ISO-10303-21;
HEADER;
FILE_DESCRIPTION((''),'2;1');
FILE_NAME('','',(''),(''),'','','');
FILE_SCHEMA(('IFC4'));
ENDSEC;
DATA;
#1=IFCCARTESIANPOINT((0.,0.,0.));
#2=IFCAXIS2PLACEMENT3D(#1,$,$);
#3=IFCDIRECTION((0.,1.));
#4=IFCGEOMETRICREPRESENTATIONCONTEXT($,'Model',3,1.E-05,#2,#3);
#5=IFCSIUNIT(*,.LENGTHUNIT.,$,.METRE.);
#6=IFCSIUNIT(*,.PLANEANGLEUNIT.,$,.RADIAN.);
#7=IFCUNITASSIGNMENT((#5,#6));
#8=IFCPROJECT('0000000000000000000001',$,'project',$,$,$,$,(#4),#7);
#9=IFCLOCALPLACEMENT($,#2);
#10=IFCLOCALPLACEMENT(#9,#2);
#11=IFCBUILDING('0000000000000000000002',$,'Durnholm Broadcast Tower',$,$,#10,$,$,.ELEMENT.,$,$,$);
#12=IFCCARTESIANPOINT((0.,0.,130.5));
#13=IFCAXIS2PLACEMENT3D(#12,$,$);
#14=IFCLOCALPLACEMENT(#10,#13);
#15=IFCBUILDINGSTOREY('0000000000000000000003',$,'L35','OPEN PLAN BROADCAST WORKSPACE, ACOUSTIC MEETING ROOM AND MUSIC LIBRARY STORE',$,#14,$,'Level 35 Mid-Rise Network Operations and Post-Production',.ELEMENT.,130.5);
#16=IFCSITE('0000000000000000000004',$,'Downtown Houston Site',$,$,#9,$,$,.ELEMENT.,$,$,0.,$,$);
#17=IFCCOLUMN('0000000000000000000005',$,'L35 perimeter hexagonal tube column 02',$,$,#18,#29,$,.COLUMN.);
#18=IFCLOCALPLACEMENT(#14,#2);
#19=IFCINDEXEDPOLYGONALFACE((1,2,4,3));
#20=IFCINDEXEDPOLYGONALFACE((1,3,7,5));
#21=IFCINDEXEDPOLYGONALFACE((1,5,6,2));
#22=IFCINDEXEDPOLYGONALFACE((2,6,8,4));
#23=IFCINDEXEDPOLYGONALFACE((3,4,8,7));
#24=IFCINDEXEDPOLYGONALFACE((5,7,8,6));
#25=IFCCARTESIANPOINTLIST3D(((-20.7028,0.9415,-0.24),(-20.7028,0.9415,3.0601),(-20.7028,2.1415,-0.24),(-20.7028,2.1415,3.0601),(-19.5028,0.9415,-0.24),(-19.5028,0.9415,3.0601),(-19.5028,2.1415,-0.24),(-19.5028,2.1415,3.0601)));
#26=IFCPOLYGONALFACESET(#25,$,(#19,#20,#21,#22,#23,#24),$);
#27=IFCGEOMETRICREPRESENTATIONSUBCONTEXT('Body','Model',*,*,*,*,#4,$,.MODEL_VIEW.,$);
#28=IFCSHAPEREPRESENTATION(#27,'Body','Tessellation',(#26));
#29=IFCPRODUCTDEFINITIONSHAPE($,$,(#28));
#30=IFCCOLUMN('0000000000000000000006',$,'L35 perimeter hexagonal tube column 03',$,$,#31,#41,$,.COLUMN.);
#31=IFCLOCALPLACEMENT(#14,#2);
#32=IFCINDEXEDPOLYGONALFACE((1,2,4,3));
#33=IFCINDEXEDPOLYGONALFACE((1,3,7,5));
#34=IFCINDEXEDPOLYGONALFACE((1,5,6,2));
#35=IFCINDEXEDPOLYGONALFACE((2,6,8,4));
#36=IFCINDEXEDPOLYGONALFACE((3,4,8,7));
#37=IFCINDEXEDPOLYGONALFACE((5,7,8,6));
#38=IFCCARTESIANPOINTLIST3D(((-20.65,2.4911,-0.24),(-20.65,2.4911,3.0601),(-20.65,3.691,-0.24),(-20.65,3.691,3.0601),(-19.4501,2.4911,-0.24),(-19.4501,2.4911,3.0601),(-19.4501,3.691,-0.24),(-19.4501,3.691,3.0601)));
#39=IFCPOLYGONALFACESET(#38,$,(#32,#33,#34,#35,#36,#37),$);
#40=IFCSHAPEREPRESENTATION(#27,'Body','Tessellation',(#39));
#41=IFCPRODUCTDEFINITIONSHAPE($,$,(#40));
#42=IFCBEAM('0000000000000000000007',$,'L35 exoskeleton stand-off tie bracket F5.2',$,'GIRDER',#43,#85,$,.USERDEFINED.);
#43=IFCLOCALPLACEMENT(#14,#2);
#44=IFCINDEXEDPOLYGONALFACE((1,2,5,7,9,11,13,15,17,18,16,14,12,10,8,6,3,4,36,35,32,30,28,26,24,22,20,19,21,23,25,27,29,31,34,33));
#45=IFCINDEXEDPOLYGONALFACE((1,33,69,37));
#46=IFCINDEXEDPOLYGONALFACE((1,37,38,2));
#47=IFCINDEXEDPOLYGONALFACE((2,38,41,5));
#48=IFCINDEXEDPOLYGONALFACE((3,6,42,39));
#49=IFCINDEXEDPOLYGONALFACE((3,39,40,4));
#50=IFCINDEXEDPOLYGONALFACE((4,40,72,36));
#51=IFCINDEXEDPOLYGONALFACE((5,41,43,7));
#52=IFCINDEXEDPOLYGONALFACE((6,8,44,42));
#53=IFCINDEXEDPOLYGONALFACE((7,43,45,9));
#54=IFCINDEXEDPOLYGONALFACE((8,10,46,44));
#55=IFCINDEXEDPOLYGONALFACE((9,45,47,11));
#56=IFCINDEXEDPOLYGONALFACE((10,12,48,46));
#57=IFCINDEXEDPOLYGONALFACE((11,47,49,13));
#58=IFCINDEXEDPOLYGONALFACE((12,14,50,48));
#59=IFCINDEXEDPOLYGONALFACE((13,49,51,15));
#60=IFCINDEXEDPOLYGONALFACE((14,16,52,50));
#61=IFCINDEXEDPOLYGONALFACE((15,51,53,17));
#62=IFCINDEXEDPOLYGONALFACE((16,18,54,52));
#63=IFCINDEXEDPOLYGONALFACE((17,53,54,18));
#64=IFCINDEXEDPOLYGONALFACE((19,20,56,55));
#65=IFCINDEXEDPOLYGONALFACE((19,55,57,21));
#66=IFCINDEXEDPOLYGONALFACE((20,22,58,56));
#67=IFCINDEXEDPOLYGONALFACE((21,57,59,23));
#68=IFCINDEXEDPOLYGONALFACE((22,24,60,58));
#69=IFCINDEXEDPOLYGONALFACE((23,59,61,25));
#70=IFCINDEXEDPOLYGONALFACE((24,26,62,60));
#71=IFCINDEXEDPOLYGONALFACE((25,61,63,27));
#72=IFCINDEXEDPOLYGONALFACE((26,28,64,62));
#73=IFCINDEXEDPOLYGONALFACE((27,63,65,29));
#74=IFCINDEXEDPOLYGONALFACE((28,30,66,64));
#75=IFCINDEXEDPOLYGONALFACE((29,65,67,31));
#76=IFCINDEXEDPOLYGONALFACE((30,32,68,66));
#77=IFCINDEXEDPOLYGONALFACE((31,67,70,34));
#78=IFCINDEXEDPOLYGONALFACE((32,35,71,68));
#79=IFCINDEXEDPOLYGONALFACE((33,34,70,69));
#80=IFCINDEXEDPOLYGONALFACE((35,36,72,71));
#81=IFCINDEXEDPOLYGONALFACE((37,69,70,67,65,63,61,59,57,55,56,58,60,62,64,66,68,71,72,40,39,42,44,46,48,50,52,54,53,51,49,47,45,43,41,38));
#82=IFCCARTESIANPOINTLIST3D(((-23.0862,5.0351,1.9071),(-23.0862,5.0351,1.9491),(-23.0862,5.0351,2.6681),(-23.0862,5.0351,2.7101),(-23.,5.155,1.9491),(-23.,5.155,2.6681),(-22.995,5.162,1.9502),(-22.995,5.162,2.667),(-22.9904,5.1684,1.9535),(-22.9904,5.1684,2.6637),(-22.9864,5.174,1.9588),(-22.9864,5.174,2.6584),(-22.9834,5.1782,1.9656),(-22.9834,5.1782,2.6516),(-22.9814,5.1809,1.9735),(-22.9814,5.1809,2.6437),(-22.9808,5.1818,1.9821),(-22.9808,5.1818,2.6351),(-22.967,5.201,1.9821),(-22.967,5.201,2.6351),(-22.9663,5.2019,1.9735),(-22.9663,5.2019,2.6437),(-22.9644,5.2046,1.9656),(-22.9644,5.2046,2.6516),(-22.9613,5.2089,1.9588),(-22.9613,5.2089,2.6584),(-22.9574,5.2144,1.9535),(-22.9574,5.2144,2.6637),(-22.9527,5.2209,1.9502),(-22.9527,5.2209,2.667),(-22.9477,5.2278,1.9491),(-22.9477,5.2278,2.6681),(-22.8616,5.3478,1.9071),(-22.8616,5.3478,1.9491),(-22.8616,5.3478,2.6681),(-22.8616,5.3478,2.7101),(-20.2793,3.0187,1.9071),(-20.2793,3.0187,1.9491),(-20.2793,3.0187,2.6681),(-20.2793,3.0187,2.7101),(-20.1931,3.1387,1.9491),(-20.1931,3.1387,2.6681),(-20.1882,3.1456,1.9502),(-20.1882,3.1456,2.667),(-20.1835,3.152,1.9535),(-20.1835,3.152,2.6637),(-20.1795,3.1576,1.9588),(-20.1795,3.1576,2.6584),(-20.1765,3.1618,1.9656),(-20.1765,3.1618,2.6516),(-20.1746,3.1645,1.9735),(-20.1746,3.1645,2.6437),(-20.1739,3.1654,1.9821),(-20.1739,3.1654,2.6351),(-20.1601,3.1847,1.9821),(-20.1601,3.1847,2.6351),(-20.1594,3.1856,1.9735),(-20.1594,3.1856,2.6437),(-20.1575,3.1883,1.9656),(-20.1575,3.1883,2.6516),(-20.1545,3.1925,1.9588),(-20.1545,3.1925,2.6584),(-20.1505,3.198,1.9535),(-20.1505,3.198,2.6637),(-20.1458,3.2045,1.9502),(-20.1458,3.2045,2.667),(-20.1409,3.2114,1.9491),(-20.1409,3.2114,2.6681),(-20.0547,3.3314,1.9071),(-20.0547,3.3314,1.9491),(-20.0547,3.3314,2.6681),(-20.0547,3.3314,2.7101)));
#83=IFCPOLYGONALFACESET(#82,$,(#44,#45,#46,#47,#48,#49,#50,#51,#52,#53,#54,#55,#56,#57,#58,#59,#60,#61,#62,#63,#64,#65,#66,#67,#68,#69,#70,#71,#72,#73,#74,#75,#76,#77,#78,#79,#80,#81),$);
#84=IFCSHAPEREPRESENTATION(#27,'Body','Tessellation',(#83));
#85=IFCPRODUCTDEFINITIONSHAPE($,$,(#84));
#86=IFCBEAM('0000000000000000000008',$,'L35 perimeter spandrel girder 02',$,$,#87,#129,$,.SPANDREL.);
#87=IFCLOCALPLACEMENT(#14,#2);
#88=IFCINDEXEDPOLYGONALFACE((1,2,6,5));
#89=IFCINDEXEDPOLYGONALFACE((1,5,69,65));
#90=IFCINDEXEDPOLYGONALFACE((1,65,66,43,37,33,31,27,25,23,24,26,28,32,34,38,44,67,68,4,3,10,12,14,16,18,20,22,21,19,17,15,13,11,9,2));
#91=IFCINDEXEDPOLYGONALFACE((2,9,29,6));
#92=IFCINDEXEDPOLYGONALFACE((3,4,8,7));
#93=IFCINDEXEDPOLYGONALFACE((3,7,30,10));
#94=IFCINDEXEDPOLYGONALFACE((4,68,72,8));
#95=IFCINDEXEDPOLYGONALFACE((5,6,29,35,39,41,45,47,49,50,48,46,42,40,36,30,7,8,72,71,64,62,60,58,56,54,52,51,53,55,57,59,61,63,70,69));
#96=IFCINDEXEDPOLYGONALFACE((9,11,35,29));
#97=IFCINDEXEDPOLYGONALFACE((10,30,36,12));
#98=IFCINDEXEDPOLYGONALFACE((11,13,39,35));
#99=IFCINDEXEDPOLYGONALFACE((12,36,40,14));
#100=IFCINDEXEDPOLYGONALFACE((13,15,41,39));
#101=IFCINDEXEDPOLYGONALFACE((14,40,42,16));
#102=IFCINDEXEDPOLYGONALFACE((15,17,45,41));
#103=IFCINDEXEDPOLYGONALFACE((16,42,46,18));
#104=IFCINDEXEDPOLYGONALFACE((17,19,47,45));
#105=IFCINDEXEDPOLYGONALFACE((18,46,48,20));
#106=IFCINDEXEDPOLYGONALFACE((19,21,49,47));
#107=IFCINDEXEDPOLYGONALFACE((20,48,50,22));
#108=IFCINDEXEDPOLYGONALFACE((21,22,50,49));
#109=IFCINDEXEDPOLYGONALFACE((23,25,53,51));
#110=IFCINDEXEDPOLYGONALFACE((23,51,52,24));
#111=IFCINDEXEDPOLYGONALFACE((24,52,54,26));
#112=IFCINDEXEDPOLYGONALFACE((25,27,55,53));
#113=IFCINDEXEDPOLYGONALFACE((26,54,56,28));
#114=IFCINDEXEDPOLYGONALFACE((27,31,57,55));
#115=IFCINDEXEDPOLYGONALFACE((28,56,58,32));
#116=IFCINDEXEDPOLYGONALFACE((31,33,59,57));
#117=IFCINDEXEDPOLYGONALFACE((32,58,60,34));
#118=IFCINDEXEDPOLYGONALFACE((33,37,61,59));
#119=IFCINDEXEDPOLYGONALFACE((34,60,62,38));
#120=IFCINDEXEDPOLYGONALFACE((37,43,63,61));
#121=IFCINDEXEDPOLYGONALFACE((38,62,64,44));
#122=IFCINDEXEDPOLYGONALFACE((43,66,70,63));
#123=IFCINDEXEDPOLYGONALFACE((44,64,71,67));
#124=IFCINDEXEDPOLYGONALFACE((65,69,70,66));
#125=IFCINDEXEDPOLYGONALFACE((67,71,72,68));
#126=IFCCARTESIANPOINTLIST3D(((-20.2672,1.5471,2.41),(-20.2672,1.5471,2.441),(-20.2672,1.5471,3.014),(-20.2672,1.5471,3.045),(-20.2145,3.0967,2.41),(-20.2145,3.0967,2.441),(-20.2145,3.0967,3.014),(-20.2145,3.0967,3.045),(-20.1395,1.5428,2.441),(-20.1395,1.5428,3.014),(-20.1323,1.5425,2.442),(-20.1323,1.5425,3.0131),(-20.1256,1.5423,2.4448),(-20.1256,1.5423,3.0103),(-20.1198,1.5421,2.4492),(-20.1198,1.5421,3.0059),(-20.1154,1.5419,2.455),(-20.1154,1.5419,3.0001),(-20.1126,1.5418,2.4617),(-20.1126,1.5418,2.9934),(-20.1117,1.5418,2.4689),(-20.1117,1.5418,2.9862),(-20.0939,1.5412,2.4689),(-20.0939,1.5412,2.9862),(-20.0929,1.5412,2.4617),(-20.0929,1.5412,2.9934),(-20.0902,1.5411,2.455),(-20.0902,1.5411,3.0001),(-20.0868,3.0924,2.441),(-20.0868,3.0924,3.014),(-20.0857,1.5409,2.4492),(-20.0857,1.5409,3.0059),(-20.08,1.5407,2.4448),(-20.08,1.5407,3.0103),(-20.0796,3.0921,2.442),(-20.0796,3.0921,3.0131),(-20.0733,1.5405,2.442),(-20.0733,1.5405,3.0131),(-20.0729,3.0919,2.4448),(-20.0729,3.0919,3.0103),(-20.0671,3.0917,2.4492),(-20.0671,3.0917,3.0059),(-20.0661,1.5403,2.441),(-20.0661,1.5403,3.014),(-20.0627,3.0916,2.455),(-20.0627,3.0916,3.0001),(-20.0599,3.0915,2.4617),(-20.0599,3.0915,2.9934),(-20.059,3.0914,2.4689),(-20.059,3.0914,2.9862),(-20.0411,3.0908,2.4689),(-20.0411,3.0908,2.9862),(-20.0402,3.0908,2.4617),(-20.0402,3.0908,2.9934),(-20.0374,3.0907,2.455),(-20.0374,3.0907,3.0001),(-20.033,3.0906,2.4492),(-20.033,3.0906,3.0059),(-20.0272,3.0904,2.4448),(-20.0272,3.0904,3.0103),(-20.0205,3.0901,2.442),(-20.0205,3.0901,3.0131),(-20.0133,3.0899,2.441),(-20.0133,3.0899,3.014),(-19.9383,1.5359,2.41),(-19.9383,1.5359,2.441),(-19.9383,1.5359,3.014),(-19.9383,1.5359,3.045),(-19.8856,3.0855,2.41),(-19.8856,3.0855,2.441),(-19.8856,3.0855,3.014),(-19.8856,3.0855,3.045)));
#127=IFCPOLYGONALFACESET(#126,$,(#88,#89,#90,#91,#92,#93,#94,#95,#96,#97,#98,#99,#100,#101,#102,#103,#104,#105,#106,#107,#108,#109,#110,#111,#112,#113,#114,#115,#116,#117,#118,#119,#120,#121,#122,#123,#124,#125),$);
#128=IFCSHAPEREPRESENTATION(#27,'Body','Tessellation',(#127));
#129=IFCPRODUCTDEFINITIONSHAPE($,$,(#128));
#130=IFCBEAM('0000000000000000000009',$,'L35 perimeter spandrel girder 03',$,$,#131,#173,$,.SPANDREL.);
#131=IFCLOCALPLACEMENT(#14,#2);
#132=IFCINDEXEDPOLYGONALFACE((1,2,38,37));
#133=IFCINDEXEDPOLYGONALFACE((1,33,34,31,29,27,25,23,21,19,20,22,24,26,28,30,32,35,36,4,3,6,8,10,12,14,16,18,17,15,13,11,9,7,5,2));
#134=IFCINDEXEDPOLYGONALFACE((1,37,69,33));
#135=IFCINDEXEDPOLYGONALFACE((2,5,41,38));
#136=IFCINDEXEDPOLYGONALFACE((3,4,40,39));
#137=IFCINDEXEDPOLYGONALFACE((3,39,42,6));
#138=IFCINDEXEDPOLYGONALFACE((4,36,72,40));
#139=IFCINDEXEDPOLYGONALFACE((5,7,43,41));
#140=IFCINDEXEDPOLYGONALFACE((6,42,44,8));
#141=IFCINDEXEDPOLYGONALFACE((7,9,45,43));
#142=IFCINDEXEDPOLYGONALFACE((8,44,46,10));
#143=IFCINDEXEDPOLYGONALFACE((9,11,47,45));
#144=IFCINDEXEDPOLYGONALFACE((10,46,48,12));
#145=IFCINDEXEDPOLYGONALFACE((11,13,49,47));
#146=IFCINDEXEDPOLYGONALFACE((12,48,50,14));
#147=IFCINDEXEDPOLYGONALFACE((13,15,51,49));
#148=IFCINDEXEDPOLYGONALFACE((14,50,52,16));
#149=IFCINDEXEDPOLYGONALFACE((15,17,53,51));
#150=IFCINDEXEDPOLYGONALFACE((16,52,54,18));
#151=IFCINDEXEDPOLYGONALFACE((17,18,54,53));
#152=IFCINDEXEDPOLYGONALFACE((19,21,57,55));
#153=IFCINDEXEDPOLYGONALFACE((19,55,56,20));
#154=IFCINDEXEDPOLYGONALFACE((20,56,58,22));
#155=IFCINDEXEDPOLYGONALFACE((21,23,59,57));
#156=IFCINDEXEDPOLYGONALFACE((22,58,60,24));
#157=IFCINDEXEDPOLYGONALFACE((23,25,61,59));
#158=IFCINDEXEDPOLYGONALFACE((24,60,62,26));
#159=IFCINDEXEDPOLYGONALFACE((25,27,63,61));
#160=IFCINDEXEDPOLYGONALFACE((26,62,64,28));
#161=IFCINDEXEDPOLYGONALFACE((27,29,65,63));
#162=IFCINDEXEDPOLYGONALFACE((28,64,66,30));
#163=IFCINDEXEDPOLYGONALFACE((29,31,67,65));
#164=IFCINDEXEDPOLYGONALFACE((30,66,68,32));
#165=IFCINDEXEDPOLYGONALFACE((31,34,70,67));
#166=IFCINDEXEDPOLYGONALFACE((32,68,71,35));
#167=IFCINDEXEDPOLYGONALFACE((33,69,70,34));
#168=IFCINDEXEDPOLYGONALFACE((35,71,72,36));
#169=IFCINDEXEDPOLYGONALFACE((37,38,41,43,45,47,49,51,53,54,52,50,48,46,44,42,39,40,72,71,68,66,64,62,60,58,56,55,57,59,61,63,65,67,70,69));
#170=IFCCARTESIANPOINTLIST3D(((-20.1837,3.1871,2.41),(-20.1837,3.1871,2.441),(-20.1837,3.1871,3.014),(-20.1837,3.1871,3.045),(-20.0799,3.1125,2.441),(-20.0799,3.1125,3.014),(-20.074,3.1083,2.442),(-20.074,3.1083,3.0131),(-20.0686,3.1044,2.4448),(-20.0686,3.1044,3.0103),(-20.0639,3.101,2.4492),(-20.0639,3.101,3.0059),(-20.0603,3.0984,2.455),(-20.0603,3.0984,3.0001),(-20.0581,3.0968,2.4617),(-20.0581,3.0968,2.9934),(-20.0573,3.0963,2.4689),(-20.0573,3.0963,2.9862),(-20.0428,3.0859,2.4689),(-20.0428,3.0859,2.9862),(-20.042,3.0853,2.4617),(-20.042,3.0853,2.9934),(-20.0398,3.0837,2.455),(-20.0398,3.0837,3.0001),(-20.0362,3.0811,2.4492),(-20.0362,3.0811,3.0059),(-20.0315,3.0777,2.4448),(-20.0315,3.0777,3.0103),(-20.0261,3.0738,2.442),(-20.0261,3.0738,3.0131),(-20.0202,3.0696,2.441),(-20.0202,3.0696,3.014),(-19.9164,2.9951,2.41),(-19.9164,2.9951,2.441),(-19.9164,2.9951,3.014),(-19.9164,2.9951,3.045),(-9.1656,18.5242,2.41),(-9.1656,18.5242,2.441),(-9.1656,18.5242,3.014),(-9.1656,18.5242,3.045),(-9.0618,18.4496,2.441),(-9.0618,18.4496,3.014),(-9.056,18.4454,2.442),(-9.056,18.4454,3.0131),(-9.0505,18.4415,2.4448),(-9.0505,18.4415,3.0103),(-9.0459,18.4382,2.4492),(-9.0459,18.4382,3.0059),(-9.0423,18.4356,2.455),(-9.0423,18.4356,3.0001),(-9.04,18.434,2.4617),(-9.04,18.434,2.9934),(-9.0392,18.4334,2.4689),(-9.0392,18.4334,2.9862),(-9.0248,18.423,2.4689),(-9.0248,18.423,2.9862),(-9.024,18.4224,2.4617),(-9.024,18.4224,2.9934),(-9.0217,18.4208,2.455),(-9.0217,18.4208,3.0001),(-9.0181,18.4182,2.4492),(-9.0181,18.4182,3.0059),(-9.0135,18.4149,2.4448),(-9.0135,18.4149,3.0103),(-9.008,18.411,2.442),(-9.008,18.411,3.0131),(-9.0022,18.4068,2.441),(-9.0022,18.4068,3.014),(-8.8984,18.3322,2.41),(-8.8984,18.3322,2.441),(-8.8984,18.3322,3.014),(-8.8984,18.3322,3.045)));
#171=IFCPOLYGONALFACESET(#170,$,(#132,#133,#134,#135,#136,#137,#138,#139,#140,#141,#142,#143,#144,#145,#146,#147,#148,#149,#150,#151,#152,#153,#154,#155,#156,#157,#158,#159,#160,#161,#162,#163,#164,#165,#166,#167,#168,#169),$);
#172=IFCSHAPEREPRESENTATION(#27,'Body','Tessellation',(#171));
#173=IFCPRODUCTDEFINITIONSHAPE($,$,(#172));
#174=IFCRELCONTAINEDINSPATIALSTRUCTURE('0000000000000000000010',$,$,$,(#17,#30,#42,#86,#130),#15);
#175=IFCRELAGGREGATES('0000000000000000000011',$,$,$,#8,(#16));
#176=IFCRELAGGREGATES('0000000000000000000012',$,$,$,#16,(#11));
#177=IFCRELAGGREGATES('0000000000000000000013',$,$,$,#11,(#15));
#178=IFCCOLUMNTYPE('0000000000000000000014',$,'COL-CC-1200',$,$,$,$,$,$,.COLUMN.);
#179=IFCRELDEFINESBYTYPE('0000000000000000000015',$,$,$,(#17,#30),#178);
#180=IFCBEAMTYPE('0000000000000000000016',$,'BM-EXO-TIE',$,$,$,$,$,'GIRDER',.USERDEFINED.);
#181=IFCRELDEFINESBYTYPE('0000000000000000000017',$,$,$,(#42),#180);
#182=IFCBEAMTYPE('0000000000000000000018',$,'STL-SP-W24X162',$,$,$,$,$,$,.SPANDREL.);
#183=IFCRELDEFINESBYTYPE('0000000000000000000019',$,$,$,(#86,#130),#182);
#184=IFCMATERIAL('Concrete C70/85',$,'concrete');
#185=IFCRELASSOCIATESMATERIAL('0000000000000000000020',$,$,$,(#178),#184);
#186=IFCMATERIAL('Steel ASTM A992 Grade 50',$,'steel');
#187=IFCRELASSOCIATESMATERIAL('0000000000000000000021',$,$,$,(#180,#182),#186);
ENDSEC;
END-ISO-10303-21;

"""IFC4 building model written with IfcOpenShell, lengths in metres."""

from ifc_helpers import new_model, si_unit, direction, frame, origin, origin_2d, place, context, subcontext, project, spatial, rectangle, i_section, extrude, source, transform, mapped, material, material_profile, profile_set, type_object, type_shapes, element, save


model = new_model("IFC4")

# Units and contexts
model_context = context("Model", 3, precision=1e-05, world=origin(), true_north=direction((0.0, 1.0)))
body_context = subcontext(model_context, "Body", "Model", "MODEL_VIEW")
ifc_project = project(units=[si_unit("LENGTHUNIT", "METRE"), si_unit("PLANEANGLEUNIT", "RADIAN")], contexts=[model_context])

# Site, building, storey
site_placement = place(None, origin())
site = spatial("IfcSite", under=ifc_project, at=site_placement, Name="Downtown Houston Site", CompositionType="ELEMENT", RefElevation=0.0)
building_placement = place(site_placement, origin())
building = spatial("IfcBuilding", under=site, at=building_placement, Name="Durnholm Broadcast Tower", CompositionType="ELEMENT")
storey_placement = place(building_placement, frame((0.0, 0.0, 130.5)))
storey = spatial("IfcBuildingStorey", under=building, at=storey_placement, Name="L35", Description="OPEN PLAN BROADCAST WORKSPACE, ACOUSTIC MEETING ROOM AND MUSIC LIBRARY STORE", LongName="Level 35 Mid-Rise Network Operations and Post-Production", CompositionType="ELEMENT", Elevation=130.5)

# Columns
ifc_material_1 = material(Name="Concrete C70/85", Category="concrete")
ifc_material_profile_1 = material_profile(ifc_material_1, rectangle(XDim=1.2, YDim=1.2, at=origin_2d()), Name="RC1200X1200")
ifc_profile_set_1 = profile_set([ifc_material_profile_1], Name="Concrete C70/85")
column_type = type_object("IfcColumnType", Name="COL-CC-1200", PredefinedType="COLUMN", material=ifc_profile_set_1)
shared_shape_1 = source(origin(), body_context, "Body", "SweptSolid", [
    extrude(rectangle(XDim=1.2, YDim=1.2, at=origin_2d()), origin(), (0.0, 0.0, 1.0), 3.3),
])
type_shapes(column_type, [shared_shape_1])
for number, where, z_axis, x_axis, name in (
    (1, (-20.1028, 1.5415, -0.24), (0.0, 0.0, 1.0), (1.0, 0.0, 0.0), "L35 perimeter hexagonal tube column 02"),
    (2, (-20.05, 3.0911, -0.24), (0.0, 0.0, 1.0), (1.0, 0.0, 0.0), "L35 perimeter hexagonal tube column 03"),
):
    element("IfcColumn", number, at=place(storey_placement, frame(where, z_axis=z_axis, x_axis=x_axis)), inside=storey, type_object=column_type, Name=name, PredefinedType="COLUMN", context=body_context, shape_type="MappedRepresentation", body=[
        mapped(shared_shape_1, transform((0.0, 0.0, 0.0), x_axis=(1.0, 0.0, 0.0), y_axis=(0.0, 1.0, 0.0), z_axis=(0.0, 0.0, 1.0), scale=1.0)),
    ])

# Beams
ifc_material_2 = material(Name="Steel ASTM A992 Grade 50", Category="steel")
ifc_material_profile_2 = material_profile(ifc_material_2, i_section(OverallWidth=0.385, OverallDepth=0.803, WebThickness=0.0237, FlangeThickness=0.042, FilletRadius=0.033, at=origin_2d()), Name="W30X261")
ifc_profile_set_2 = profile_set([ifc_material_profile_2], Name="Steel ASTM A992 Grade 50")
beam_type_1 = type_object("IfcBeamType", Name="BM-EXO-TIE", ElementType="GIRDER", PredefinedType="USERDEFINED", material=ifc_profile_set_2)
shared_shape_2 = source(origin(), body_context, "Body", "SweptSolid", [
    extrude(i_section(OverallWidth=0.385, OverallDepth=0.803, WebThickness=0.0237, FlangeThickness=0.042, FilletRadius=0.033, at=origin_2d()), origin(), (0.0, 0.0, 1.0), 3.4561),
])
type_shapes(beam_type_1, [shared_shape_2])
beam_1_placement = place(storey_placement, frame((-20.167, 3.175, 2.3086), z_axis=(-0.812165, 0.583428, 0.0), x_axis=(-0.583428, -0.812165, 0.0)))
element("IfcBeam", 3, at=beam_1_placement, inside=storey, type_object=beam_type_1, Name="L35 exoskeleton stand-off tie bracket F5.2", ObjectType="GIRDER", PredefinedType="USERDEFINED", context=body_context, shape_type="MappedRepresentation", body=[
    mapped(shared_shape_2, transform((0.0, 0.0, 0.0), x_axis=(1.0, 0.0, 0.0), y_axis=(0.0, 1.0, 0.0), z_axis=(0.0, 0.0, 1.0), scale=1.0)),
])
ifc_material_profile_3 = material_profile(ifc_material_2, i_section(OverallWidth=0.3291, OverallDepth=0.635, WebThickness=0.0178, FlangeThickness=0.031, FilletRadius=0.0278, at=origin_2d()), Name="W24X162")
ifc_profile_set_3 = profile_set([ifc_material_profile_3], Name="Steel ASTM A992 Grade 50")
beam_type_2 = type_object("IfcBeamType", Name="STL-SP-W24X162", PredefinedType="SPANDREL", material=ifc_profile_set_3)
shared_shape_3 = source(origin(), body_context, "Body", "SweptSolid", [
    extrude(i_section(OverallWidth=0.3291, OverallDepth=0.635, WebThickness=0.0178, FlangeThickness=0.031, FilletRadius=0.0278, at=origin_2d()), origin(), (0.0, 0.0, 1.0), 1.5505),
])
beam_2_placement = place(storey_placement, frame((-20.1028, 1.5415, 2.7275), z_axis=(0.034012, 0.999421, 0.0), x_axis=(-0.999421, 0.034012, 0.0)))
element("IfcBeam", 4, at=beam_2_placement, inside=storey, type_object=beam_type_2, Name="L35 perimeter spandrel girder 02", PredefinedType="SPANDREL", context=body_context, shape_type="MappedRepresentation", body=[
    mapped(shared_shape_3, transform((0.0, 0.0, 0.0), x_axis=(1.0, 0.0, 0.0), y_axis=(0.0, 1.0, 0.0), z_axis=(0.0, 0.0, 1.0), scale=1.0)),
])
shared_shape_4 = source(origin(), body_context, "Body", "SweptSolid", [
    extrude(i_section(OverallWidth=0.3291, OverallDepth=0.635, WebThickness=0.0178, FlangeThickness=0.031, FilletRadius=0.0278, at=origin_2d()), origin(), (0.0, 0.0, 1.0), 18.8845),
])
type_shapes(beam_type_2, [shared_shape_3, shared_shape_4])
beam_3_placement = place(storey_placement, frame((-20.05, 3.0911, 2.7275), z_axis=(0.583443, 0.812154, 0.0), x_axis=(-0.812154, 0.583443, 0.0)))
element("IfcBeam", 5, at=beam_3_placement, inside=storey, type_object=beam_type_2, Name="L35 perimeter spandrel girder 03", PredefinedType="SPANDREL", context=body_context, shape_type="MappedRepresentation", body=[
    mapped(shared_shape_4, transform((0.0, 0.0, 0.0), x_axis=(1.0, 0.0, 0.0), y_axis=(0.0, 1.0, 0.0), z_axis=(0.0, 0.0, 1.0), scale=1.0)),
])

save(model, "model.ifc")
